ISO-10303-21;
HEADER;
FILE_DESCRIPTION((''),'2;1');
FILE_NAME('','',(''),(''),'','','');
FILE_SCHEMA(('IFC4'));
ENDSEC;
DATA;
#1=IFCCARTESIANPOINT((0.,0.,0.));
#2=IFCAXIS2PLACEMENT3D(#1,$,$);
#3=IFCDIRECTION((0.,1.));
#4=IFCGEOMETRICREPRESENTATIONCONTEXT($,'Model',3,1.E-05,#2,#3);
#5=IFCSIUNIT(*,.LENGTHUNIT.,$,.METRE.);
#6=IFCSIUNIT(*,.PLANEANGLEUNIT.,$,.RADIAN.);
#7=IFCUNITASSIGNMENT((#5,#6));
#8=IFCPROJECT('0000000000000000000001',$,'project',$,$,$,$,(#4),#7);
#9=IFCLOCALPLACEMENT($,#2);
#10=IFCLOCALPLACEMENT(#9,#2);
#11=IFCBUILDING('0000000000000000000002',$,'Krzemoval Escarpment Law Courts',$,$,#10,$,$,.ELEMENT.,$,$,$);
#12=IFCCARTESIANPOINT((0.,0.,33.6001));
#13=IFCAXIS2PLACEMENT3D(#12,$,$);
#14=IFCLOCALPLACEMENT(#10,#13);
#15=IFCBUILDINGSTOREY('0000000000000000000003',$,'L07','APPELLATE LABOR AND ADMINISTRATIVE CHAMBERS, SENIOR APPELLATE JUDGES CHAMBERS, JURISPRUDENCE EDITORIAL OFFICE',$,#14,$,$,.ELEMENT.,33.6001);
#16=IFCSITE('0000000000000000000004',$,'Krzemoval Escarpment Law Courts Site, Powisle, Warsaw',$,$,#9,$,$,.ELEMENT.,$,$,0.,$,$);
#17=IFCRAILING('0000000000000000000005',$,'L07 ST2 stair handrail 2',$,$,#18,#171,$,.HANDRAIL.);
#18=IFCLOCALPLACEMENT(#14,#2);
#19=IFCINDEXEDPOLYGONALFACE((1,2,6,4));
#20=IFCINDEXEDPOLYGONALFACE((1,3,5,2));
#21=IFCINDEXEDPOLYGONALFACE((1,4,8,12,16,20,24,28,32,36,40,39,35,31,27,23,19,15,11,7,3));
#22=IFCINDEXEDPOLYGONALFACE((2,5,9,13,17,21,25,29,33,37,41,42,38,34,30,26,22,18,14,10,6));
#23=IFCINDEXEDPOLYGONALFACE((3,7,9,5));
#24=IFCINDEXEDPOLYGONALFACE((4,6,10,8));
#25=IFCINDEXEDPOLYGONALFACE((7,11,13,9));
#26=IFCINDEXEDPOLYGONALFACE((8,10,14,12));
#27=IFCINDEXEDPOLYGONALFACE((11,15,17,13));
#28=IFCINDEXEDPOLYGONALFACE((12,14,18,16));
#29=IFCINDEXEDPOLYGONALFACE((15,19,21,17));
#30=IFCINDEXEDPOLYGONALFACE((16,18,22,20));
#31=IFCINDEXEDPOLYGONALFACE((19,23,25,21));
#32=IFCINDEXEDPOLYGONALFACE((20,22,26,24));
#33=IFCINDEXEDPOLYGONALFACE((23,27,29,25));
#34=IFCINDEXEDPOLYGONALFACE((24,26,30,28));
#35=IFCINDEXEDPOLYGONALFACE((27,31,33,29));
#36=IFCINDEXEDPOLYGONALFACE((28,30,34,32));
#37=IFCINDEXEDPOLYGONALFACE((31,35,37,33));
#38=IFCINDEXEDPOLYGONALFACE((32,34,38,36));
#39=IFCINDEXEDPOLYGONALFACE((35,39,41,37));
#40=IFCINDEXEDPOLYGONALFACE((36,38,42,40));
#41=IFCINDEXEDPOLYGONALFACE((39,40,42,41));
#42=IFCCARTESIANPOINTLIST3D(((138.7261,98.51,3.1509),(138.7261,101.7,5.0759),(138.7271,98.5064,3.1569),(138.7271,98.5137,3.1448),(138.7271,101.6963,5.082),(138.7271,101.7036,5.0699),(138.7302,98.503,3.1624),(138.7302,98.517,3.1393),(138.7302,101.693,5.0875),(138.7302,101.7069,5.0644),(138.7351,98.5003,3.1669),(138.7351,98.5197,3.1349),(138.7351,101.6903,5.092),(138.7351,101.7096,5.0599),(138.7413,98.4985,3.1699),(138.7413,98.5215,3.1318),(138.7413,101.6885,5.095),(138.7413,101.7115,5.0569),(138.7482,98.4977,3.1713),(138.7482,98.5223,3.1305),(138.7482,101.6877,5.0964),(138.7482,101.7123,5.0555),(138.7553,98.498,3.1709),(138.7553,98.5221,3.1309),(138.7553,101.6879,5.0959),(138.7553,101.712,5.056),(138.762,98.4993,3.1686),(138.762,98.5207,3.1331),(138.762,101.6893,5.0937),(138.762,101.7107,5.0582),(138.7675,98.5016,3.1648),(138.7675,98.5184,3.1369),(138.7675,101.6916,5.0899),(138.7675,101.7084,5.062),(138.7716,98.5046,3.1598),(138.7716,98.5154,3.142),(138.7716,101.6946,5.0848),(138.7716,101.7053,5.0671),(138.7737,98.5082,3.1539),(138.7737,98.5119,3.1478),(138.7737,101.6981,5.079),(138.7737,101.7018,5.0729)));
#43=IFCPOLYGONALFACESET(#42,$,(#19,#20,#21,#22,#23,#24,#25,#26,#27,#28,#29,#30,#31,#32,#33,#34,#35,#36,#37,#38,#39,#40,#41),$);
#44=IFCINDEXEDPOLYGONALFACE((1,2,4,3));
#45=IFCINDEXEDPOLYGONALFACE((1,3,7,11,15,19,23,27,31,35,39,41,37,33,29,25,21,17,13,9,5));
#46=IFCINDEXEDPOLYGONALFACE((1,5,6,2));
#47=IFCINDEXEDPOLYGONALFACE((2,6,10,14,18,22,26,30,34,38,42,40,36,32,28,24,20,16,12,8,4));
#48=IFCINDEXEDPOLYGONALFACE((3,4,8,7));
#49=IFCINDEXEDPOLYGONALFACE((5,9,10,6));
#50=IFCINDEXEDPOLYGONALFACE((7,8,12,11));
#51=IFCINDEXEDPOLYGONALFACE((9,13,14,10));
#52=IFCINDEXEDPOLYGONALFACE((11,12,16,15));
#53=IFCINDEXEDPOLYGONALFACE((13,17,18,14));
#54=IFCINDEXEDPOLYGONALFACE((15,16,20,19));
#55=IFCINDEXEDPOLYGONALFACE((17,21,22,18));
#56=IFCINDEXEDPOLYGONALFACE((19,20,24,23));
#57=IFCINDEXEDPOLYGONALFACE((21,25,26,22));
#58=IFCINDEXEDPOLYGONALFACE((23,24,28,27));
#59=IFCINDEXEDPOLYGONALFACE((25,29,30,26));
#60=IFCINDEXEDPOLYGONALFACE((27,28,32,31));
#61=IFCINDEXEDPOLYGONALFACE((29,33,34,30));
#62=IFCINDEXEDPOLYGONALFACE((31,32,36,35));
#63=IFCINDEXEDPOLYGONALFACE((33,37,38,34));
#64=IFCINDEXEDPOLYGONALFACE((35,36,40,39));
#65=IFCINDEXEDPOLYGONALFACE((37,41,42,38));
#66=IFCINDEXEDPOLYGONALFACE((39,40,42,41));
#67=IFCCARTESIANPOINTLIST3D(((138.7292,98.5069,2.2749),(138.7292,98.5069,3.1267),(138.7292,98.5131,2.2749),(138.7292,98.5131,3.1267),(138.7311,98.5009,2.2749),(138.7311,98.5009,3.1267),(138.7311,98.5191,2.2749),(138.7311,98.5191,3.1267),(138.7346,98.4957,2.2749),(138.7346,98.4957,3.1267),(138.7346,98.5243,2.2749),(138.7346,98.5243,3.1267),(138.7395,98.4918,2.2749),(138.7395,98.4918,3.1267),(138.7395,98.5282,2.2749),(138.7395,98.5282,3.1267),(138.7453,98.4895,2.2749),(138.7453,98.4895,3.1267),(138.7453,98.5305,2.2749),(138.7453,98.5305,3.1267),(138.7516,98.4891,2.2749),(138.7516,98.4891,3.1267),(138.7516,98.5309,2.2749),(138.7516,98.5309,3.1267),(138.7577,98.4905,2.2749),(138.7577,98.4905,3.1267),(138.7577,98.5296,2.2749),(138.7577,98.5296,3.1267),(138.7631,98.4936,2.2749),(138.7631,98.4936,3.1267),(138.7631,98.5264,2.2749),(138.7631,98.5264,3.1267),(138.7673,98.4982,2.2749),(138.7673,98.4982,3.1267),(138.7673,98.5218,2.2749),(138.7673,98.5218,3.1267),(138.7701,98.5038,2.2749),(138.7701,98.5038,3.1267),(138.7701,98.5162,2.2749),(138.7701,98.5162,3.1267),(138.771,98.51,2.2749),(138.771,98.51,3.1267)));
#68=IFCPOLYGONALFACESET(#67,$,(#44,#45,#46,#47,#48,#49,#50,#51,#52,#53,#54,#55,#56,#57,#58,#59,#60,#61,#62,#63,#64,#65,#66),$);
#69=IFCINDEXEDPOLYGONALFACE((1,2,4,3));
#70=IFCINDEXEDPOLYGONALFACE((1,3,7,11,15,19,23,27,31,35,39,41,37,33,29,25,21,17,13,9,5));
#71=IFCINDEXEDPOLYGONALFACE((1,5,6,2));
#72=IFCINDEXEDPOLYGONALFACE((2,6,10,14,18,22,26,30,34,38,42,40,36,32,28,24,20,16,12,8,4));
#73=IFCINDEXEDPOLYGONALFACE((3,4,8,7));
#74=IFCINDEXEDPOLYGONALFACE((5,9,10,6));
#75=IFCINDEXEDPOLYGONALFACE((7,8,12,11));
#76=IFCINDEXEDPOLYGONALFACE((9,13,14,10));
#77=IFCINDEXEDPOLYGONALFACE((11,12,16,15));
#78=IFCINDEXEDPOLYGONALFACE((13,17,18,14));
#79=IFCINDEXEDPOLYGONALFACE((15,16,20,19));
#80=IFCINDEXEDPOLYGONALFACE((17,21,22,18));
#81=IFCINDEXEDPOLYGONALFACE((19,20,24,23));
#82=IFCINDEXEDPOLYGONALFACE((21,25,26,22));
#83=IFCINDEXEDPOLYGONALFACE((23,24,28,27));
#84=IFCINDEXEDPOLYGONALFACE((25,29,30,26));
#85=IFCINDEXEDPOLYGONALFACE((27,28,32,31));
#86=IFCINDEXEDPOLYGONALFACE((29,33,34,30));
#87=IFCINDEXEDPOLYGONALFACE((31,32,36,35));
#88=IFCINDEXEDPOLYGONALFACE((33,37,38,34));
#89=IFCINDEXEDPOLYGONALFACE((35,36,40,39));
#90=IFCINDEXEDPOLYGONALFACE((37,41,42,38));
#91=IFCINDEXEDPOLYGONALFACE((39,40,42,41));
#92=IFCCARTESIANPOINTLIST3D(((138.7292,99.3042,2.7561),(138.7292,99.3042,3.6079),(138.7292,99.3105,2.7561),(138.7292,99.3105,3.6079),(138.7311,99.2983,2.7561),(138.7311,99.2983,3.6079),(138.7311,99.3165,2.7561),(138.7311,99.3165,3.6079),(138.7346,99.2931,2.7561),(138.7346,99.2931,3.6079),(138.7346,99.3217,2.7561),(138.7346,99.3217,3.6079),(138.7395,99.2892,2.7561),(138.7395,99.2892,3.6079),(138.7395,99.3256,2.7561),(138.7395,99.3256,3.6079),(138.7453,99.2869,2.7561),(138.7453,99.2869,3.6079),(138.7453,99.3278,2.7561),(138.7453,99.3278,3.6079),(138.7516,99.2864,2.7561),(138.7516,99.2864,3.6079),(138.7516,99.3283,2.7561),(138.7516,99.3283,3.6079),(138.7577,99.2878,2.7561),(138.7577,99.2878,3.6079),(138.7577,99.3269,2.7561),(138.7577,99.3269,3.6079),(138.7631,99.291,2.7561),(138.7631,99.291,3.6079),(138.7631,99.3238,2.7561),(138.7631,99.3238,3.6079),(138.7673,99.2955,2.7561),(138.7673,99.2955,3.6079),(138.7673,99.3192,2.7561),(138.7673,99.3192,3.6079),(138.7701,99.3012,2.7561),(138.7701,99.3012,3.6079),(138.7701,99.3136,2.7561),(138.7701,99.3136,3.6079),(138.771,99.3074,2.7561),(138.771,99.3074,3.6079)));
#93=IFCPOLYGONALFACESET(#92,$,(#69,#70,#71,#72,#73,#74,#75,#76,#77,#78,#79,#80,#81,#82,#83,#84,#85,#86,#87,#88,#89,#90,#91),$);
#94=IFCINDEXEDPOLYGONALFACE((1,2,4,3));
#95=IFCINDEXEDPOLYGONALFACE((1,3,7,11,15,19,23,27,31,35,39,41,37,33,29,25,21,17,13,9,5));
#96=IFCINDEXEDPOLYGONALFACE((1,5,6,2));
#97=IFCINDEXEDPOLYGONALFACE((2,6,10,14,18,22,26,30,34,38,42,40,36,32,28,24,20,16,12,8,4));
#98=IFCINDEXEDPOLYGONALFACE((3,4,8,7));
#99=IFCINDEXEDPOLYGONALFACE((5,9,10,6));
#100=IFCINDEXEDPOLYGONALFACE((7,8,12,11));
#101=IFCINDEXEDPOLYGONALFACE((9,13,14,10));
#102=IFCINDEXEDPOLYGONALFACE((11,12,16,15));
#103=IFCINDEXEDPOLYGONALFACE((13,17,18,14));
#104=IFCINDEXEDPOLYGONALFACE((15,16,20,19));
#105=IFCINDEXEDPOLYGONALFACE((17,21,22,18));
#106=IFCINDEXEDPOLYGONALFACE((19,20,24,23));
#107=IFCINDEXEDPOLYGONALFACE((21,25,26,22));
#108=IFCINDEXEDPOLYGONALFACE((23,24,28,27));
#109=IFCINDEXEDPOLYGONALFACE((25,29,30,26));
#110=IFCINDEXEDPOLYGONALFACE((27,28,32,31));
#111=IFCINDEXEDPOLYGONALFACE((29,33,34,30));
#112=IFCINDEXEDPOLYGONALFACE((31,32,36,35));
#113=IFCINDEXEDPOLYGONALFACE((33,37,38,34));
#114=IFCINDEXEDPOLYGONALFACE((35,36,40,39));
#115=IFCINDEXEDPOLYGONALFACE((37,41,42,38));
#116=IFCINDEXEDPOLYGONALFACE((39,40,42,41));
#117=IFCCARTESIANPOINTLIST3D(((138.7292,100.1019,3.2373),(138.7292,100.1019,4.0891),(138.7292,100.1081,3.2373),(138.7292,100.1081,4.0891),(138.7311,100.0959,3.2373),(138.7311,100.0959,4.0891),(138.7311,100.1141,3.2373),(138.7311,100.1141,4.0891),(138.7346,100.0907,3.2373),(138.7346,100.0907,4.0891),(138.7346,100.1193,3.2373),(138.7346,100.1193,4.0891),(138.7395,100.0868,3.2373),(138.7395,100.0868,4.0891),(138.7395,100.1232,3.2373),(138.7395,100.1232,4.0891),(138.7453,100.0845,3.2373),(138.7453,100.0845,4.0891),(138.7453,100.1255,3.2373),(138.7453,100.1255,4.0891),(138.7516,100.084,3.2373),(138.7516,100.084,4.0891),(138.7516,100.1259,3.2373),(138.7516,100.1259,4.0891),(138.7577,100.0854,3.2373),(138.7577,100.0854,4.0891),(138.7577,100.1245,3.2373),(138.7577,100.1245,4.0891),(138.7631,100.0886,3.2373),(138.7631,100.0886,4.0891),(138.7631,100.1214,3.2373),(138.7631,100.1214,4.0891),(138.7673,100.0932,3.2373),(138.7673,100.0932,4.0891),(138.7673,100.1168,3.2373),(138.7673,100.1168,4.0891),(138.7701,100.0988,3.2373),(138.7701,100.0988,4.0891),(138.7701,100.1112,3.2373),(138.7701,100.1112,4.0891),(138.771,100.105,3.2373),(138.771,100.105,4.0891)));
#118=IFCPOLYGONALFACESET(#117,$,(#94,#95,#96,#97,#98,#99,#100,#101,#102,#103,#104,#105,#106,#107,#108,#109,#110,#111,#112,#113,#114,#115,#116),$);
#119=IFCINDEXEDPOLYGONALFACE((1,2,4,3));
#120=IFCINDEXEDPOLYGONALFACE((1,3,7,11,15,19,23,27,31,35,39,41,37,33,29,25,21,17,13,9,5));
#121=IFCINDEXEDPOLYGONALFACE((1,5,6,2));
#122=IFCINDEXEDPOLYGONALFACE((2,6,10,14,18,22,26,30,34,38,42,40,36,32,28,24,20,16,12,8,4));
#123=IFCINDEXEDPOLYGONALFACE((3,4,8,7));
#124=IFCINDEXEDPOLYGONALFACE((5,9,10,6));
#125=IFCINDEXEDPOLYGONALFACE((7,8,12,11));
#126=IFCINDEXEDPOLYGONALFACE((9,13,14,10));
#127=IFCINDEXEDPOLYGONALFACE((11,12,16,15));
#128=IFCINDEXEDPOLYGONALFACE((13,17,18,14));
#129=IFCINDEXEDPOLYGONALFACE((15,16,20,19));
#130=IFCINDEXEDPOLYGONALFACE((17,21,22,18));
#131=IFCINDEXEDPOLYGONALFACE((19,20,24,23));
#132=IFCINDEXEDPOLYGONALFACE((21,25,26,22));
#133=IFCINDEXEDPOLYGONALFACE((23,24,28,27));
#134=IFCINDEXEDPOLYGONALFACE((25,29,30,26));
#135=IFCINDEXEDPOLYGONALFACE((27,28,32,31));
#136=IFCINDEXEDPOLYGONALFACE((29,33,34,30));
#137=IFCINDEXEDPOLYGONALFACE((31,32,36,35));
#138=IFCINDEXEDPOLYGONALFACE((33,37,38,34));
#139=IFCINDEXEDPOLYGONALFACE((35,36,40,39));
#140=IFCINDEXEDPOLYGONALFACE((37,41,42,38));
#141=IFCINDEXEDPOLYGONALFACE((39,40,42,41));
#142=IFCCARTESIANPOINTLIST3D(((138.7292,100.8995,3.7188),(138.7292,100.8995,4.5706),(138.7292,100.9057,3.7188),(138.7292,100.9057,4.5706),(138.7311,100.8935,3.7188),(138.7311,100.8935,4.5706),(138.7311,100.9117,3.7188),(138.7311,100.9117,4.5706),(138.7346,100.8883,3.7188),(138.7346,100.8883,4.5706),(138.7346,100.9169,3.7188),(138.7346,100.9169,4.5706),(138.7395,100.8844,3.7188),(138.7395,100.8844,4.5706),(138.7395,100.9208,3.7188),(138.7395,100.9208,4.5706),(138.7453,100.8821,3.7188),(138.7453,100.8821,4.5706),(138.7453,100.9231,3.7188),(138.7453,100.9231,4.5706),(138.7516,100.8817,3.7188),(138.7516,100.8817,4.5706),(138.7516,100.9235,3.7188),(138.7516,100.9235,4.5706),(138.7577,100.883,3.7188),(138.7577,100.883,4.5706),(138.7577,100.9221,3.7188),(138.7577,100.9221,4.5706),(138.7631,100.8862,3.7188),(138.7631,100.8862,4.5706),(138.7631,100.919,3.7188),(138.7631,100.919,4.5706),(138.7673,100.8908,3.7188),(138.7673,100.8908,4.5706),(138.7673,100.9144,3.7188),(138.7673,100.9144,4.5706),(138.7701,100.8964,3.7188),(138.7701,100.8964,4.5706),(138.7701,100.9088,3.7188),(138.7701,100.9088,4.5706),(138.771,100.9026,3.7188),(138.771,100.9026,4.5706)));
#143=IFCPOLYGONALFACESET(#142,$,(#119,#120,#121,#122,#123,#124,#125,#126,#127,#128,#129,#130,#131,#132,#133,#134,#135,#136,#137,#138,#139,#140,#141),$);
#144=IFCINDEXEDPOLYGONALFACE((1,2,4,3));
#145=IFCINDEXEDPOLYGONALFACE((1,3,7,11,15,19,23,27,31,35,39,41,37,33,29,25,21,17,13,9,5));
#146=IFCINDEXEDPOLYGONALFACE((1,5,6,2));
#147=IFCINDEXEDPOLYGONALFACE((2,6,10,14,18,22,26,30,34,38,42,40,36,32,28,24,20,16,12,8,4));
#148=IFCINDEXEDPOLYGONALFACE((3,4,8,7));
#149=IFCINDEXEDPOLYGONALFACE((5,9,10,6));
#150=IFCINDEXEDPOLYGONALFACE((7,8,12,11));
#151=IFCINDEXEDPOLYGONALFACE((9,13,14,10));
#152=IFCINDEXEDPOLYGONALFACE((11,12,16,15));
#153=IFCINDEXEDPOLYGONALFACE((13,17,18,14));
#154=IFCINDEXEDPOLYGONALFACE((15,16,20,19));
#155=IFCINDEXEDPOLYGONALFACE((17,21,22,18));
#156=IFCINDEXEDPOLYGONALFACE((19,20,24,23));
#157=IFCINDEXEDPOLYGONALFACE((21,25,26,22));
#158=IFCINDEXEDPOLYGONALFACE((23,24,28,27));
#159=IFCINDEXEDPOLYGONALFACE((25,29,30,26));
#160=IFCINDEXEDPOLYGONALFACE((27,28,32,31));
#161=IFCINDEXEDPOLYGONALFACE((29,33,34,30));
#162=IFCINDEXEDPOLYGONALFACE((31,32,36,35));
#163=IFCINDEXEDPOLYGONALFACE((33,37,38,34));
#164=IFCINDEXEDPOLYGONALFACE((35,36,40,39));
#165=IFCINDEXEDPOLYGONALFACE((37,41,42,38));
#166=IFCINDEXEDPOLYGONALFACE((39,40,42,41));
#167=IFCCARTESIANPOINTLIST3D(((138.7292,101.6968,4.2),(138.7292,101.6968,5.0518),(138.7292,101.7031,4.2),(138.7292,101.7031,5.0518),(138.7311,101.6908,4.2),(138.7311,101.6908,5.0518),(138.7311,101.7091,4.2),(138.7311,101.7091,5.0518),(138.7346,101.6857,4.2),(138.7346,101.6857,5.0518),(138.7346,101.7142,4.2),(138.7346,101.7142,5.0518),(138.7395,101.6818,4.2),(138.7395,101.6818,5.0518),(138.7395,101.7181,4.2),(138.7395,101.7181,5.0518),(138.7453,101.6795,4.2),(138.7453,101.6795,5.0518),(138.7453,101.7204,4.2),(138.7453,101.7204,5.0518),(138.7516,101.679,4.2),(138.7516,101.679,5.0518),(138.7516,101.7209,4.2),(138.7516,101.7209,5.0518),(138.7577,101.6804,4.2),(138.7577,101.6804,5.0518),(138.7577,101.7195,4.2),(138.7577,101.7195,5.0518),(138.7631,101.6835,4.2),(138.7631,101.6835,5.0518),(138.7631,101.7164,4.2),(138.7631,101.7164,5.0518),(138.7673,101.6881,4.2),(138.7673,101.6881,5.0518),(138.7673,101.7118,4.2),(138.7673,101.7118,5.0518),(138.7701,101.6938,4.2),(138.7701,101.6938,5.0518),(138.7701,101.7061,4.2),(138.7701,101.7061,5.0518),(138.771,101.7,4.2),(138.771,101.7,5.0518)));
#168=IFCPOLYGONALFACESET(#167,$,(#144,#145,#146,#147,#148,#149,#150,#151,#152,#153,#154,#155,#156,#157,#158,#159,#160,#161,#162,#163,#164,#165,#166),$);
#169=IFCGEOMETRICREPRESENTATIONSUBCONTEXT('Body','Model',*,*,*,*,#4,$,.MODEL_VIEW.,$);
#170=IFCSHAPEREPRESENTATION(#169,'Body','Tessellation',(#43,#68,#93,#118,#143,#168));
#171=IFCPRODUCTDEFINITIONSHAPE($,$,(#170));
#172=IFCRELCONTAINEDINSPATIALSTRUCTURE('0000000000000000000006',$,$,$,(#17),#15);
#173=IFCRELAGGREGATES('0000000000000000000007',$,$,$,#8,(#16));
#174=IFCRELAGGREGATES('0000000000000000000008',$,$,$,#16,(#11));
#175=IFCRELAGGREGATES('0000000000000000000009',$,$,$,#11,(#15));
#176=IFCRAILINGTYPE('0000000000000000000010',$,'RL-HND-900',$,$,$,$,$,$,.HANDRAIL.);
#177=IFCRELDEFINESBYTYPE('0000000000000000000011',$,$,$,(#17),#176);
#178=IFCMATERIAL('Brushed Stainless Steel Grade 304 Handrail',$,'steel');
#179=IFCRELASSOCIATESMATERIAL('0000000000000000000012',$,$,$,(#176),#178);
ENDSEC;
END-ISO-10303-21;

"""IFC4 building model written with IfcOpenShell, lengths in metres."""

from ifc_helpers import new_model, si_unit, direction, frame, origin, origin_2d, place, context, subcontext, project, spatial, circle, extrude, material, type_object, element, save


model = new_model("IFC4")

# Units and contexts
model_context = context("Model", 3, precision=1e-05, world=origin(), true_north=direction((0.0, 1.0)))
body_context = subcontext(model_context, "Body", "Model", "MODEL_VIEW")
ifc_project = project(units=[si_unit("LENGTHUNIT", "METRE"), si_unit("PLANEANGLEUNIT", "RADIAN")], contexts=[model_context])

# Site, building, storey
site_placement = place(None, origin())
site = spatial("IfcSite", under=ifc_project, at=site_placement, Name="Krzemoval Escarpment Law Courts Site, Powisle, Warsaw", CompositionType="ELEMENT", RefElevation=0.0)
building_placement = place(site_placement, origin())
building = spatial("IfcBuilding", under=site, at=building_placement, Name="Krzemoval Escarpment Law Courts", CompositionType="ELEMENT")
storey_placement = place(building_placement, frame((0.0, 0.0, 33.6001)))
storey = spatial("IfcBuildingStorey", under=building, at=storey_placement, Name="L07", Description="APPELLATE LABOR AND ADMINISTRATIVE CHAMBERS, SENIOR APPELLATE JUDGES CHAMBERS, JURISPRUDENCE EDITORIAL OFFICE", CompositionType="ELEMENT", Elevation=33.6001)

# Railing
ifc_material_1 = material(Name="Brushed Stainless Steel Grade 304 Handrail", Category="steel")
railing_type_1 = type_object("IfcRailingType", Name="RL-HND-900", PredefinedType="HANDRAIL", material=ifc_material_1)
railing_1_placement = place(storey_placement, frame((138.75, 98.51, 2.2749)))
element("IfcRailing", 1, at=railing_1_placement, inside=storey, type_object=railing_type_1, Name="L07 ST2 stair handrail 2", PredefinedType="HANDRAIL", context=body_context, shape_type="SweptSolid", body=[
    extrude(circle(Radius=0.0239, at=origin_2d()), frame((0.0, 0.0, 0.876), z_axis=(0.0, 0.856178, 0.516682), x_axis=(-1.0, 0.0, 0.0)), (0.0, 0.0, 1.0), 3.7258),
    extrude(circle(Radius=0.021, at=origin_2d()), origin(), (0.0, 0.0, 1.0), 0.8518),
    extrude(circle(Radius=0.021, at=origin_2d()), frame((0.0, 0.7974, 0.4812)), (0.0, 0.0, 1.0), 0.8518),
    extrude(circle(Radius=0.021, at=origin_2d()), frame((0.0, 1.595, 0.9624)), (0.0, 0.0, 1.0), 0.8518),
    extrude(circle(Radius=0.021, at=origin_2d()), frame((0.0, 2.3926, 1.4438)), (0.0, 0.0, 1.0), 0.8518),
    extrude(circle(Radius=0.021, at=origin_2d()), frame((0.0, 3.1899, 1.925)), (0.0, 0.0, 1.0), 0.8518),
])

save(model, "model.ifc")
